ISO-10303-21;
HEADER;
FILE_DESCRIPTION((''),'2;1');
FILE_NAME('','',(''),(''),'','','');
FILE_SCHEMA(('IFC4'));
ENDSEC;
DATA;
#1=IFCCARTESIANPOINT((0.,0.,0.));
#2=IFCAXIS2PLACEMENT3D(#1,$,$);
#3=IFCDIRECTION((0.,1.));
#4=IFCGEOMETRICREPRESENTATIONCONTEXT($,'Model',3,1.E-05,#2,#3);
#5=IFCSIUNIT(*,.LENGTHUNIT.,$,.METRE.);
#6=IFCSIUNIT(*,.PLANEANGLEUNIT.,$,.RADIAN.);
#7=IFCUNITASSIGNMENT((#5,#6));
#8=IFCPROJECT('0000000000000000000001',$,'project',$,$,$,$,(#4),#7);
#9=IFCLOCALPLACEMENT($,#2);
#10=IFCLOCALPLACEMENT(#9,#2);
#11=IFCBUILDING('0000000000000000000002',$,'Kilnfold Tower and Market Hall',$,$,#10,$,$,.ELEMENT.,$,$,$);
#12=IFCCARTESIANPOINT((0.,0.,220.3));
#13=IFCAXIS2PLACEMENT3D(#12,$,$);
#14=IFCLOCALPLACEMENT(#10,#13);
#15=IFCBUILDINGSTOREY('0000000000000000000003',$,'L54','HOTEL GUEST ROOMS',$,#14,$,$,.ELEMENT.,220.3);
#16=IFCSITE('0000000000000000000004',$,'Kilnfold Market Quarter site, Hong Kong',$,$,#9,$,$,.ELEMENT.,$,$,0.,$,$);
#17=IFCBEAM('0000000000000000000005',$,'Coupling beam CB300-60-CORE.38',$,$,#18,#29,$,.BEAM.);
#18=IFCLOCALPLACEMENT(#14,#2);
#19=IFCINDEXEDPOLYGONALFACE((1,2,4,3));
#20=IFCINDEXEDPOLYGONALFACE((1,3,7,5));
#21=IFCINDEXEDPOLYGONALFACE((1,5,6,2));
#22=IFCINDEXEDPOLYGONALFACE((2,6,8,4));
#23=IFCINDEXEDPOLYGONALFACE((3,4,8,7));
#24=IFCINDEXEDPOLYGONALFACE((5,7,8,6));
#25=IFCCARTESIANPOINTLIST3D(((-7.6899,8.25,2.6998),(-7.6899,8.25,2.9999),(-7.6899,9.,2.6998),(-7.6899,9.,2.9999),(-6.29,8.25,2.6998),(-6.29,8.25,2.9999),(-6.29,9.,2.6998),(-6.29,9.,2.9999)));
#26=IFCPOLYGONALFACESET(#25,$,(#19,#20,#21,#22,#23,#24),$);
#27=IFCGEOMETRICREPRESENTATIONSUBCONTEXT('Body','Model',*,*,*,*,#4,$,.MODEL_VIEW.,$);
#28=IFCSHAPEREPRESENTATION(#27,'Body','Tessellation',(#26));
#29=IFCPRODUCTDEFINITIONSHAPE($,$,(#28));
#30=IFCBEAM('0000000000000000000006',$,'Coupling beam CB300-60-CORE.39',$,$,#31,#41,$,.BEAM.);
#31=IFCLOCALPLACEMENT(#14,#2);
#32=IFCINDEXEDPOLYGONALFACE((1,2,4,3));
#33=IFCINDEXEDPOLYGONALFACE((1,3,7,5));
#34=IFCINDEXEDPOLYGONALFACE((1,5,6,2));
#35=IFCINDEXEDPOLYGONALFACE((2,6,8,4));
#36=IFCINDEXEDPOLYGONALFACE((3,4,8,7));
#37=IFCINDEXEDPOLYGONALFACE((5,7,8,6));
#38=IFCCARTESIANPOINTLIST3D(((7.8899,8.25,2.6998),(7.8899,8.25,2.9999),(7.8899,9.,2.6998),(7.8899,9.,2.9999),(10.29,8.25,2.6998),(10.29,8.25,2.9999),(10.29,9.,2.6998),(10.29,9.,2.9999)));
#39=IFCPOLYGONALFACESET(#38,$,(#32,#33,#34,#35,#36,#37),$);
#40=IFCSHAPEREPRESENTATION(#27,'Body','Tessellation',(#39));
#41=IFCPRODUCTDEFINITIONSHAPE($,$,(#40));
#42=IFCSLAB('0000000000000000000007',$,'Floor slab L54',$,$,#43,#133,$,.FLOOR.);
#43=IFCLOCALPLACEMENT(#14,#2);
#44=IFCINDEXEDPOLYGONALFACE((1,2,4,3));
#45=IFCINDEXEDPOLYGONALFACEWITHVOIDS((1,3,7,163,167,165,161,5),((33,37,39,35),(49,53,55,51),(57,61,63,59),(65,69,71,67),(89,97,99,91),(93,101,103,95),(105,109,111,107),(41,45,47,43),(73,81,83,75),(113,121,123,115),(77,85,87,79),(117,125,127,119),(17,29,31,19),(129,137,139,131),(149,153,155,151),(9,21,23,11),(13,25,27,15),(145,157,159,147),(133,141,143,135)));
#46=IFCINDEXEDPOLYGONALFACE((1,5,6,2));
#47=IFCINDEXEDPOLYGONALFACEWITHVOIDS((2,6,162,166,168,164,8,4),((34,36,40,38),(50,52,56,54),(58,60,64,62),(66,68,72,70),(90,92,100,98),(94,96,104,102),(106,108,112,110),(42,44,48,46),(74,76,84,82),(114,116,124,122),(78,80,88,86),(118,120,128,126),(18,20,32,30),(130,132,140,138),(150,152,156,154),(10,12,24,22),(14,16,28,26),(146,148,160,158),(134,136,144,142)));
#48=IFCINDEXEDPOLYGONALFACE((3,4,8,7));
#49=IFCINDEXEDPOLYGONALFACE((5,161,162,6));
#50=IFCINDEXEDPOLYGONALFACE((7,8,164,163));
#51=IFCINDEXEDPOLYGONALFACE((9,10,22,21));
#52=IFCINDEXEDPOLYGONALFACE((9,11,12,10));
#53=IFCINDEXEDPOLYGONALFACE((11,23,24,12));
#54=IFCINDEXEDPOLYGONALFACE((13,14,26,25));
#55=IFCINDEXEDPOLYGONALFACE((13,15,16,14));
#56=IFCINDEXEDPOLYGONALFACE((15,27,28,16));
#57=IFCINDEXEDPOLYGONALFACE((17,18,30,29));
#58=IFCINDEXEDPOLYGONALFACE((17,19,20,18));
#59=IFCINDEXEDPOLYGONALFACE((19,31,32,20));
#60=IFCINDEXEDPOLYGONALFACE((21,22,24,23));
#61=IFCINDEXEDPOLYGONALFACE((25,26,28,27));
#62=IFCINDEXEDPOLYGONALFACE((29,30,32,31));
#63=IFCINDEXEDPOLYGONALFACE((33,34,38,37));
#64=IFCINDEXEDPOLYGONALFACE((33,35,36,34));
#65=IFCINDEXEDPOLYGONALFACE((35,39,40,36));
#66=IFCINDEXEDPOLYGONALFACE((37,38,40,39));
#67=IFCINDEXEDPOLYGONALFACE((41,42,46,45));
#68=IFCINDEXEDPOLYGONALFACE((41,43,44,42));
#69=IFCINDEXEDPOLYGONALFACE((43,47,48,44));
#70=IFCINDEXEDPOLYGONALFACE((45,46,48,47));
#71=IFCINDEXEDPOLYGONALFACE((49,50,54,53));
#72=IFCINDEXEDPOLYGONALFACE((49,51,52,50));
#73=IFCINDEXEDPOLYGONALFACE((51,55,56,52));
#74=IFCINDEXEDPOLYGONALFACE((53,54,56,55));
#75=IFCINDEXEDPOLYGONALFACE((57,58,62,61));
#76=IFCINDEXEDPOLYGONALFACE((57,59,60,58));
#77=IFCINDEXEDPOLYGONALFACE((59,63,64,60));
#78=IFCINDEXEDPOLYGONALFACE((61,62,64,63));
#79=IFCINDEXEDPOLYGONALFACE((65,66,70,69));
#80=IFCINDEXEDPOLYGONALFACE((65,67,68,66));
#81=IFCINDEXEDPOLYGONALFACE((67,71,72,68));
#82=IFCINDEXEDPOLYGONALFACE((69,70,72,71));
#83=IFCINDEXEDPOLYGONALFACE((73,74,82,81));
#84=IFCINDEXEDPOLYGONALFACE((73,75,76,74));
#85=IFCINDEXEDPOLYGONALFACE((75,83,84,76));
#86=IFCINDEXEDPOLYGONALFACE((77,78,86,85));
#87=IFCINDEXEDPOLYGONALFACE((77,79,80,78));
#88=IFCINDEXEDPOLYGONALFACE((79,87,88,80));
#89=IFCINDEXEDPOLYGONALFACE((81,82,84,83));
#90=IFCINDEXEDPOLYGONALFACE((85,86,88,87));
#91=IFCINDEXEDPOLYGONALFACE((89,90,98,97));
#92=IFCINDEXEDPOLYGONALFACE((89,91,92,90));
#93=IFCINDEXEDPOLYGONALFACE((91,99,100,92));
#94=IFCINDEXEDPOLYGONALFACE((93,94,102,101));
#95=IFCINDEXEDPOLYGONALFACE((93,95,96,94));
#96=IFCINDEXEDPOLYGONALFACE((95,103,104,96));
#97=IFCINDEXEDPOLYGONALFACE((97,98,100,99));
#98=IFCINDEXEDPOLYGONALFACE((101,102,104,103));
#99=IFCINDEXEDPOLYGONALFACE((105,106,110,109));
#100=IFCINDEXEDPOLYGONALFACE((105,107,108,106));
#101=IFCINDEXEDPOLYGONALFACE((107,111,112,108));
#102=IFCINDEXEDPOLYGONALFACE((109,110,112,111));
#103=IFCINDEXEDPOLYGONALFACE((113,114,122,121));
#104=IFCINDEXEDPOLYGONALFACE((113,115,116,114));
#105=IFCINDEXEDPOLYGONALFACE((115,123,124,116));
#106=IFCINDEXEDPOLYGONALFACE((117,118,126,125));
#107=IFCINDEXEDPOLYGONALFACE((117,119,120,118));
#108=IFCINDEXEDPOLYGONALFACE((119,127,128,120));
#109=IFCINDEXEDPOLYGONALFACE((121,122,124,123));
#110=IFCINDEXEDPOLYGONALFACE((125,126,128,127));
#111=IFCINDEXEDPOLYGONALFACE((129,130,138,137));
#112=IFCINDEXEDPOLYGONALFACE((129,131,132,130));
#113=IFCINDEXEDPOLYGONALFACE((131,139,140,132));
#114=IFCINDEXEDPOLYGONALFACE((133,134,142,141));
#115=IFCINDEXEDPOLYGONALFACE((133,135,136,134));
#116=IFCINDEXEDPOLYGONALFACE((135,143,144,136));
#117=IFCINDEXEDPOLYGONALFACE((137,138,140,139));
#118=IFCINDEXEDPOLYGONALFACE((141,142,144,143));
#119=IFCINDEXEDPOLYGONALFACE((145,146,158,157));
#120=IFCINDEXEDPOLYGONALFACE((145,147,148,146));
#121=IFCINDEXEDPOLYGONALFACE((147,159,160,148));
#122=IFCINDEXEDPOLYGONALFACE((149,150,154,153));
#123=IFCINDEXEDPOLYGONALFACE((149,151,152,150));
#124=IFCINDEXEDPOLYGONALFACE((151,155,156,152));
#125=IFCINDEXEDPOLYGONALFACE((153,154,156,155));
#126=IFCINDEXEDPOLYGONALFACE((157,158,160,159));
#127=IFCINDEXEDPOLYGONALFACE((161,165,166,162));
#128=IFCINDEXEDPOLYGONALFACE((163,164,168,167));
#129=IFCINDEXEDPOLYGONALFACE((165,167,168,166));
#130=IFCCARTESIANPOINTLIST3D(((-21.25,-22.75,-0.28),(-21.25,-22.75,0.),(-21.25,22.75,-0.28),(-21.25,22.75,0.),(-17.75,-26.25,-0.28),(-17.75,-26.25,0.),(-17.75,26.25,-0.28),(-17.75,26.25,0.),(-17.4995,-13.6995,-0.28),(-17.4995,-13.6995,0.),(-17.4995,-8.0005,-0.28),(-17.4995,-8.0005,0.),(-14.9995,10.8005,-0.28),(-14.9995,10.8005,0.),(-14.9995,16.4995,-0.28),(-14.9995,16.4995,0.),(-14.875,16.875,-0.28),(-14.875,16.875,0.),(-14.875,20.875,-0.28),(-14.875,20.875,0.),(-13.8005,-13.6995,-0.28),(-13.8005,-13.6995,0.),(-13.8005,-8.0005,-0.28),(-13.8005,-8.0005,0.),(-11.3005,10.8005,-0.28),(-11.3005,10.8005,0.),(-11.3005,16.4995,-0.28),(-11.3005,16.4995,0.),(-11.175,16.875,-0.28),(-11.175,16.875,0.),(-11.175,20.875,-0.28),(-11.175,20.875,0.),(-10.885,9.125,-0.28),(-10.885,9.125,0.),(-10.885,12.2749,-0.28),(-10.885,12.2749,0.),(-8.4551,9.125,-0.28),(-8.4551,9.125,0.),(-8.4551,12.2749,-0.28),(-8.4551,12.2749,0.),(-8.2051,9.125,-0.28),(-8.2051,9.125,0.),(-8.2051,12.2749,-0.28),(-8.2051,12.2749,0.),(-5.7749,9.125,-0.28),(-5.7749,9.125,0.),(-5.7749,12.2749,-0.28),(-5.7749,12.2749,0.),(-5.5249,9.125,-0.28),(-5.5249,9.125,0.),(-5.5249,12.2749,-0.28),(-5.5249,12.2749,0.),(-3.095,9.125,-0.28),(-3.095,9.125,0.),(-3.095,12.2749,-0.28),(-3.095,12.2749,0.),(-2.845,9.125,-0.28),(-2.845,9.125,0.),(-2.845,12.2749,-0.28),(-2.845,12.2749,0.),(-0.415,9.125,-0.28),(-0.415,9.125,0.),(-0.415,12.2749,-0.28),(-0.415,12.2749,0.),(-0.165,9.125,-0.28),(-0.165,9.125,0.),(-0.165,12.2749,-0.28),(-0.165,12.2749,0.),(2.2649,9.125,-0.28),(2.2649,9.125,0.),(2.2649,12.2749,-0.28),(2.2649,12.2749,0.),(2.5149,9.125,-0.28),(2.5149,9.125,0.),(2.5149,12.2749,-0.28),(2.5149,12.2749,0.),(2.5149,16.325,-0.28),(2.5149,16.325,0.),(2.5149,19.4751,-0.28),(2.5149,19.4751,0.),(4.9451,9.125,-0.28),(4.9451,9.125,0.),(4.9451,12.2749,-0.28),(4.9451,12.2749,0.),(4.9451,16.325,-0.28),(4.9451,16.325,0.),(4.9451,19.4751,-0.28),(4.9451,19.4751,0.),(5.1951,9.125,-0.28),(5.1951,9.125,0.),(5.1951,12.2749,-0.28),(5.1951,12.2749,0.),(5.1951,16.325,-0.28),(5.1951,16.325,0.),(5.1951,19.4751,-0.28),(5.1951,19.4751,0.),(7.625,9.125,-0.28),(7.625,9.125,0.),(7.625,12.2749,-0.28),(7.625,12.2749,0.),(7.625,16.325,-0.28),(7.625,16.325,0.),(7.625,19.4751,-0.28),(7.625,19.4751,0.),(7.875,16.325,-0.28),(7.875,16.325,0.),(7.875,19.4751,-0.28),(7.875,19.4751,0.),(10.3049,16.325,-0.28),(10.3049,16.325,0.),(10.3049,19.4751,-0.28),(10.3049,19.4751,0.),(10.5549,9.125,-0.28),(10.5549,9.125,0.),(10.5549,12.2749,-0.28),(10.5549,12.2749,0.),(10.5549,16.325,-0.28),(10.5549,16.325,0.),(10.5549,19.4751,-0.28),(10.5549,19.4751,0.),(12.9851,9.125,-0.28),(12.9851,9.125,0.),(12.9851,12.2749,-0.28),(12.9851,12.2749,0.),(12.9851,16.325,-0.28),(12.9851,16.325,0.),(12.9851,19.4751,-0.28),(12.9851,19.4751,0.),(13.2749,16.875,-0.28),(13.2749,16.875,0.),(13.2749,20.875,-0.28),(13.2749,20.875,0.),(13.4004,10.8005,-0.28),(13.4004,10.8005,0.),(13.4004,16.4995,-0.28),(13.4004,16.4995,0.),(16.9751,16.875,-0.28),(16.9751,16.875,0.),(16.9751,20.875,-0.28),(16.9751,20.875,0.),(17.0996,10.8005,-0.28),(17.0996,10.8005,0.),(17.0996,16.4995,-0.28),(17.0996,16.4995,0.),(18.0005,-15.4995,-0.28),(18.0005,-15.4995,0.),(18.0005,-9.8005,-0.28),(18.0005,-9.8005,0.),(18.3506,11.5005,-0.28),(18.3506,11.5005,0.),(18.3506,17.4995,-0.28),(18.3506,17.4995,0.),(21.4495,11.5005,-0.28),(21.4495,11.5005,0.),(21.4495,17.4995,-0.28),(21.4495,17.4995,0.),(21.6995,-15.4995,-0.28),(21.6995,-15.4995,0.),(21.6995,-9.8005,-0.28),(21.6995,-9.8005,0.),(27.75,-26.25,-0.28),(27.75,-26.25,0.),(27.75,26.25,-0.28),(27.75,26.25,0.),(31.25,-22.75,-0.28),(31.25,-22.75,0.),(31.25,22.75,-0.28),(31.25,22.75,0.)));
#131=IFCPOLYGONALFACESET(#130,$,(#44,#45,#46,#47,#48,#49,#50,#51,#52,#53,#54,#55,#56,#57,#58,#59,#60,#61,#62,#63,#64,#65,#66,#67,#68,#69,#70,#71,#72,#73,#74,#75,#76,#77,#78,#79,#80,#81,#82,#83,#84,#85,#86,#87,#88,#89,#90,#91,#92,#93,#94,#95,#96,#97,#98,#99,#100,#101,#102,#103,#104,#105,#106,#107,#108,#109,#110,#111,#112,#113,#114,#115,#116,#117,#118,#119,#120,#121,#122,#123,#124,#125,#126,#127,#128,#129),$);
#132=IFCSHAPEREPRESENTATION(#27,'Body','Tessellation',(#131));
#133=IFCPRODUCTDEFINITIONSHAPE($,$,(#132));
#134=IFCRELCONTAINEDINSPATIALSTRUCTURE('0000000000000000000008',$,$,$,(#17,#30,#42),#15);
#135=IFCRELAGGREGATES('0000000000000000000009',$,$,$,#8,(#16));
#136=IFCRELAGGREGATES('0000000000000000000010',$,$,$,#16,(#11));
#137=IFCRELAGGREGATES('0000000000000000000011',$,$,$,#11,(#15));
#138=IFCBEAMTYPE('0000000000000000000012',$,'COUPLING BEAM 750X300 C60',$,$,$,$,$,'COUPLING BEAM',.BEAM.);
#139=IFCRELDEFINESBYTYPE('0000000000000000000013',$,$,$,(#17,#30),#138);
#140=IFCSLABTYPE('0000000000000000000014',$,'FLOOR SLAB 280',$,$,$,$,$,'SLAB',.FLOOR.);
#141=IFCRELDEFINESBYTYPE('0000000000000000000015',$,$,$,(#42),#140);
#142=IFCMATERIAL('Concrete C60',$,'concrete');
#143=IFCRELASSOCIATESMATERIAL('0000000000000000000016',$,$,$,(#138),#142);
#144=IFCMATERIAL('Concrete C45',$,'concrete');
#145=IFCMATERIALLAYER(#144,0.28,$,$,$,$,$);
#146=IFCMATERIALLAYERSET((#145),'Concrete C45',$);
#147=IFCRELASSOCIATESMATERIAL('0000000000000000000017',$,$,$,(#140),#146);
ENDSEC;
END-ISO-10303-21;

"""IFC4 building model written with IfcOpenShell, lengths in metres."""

from ifc_helpers import new_model, si_unit, direction, frame, origin, origin_2d, place, context, subcontext, project, spatial, polyline, rectangle, outline, extrude, source, transform, mapped, material, layer, layer_set, material_profile, profile_set, type_object, element, save


model = new_model("IFC4")

# Units and contexts
model_context = context("Model", 3, precision=1e-05, world=origin(), true_north=direction((0.0, 1.0)))
body_context = subcontext(model_context, "Body", "Model", "MODEL_VIEW")
ifc_project = project(units=[si_unit("LENGTHUNIT", "METRE"), si_unit("PLANEANGLEUNIT", "RADIAN")], contexts=[model_context])

# Site, building, storey
site_placement = place(None, origin())
site = spatial("IfcSite", under=ifc_project, at=site_placement, Name="Kilnfold Market Quarter site, Hong Kong", CompositionType="ELEMENT", RefElevation=0.0)
building_placement = place(site_placement, origin())
building = spatial("IfcBuilding", under=site, at=building_placement, Name="Kilnfold Tower and Market Hall", CompositionType="ELEMENT")
storey_placement = place(building_placement, frame((0.0, 0.0, 220.3)))
storey = spatial("IfcBuildingStorey", under=building, at=storey_placement, Name="L54", Description="HOTEL GUEST ROOMS", CompositionType="ELEMENT", Elevation=220.3)

# Beams
ifc_material_1 = material(Name="Concrete C60", Category="concrete")
ifc_material_profile = material_profile(ifc_material_1, rectangle(XDim=0.75, YDim=0.3, at=origin_2d()), Name="RC 750x300")
ifc_profile_set = profile_set([ifc_material_profile], Name="Concrete C60")
beam_type = type_object("IfcBeamType", Name="COUPLING BEAM 750X300 C60", ElementType="COUPLING BEAM", PredefinedType="BEAM", material=ifc_profile_set)
shared_shape_1 = source(origin(), body_context, "Body", "SweptSolid", [
    extrude(rectangle(XDim=0.75, YDim=0.3, at=origin_2d()), origin(), (0.0, 0.0, 1.0), 1.3999),
])
beam_1_placement = place(storey_placement, frame((-7.6899, 8.625, 2.8499), z_axis=(1.0, 0.0, 0.0), x_axis=(0.0, 1.0, 0.0)))
element("IfcBeam", 1, at=beam_1_placement, inside=storey, type_object=beam_type, Name="Coupling beam CB300-60-CORE.38", PredefinedType="BEAM", context=body_context, shape_type="MappedRepresentation", body=[
    mapped(shared_shape_1, transform((0.0, 0.0, 0.0))),
])
shared_shape_2 = source(origin(), body_context, "Body", "SweptSolid", [
    extrude(rectangle(XDim=0.75, YDim=0.3, at=origin_2d()), origin(), (0.0, 0.0, 1.0), 2.4001),
])
beam_2_placement = place(storey_placement, frame((7.8899, 8.625, 2.8499), z_axis=(1.0, 0.0, 0.0), x_axis=(0.0, 1.0, 0.0)))
element("IfcBeam", 2, at=beam_2_placement, inside=storey, type_object=beam_type, Name="Coupling beam CB300-60-CORE.39", PredefinedType="BEAM", context=body_context, shape_type="MappedRepresentation", body=[
    mapped(shared_shape_2, transform((0.0, 0.0, 0.0))),
])

# Slab
ifc_material_2 = material(Name="Concrete C45", Category="concrete")
ifc_layer_1 = layer(ifc_material_2, 0.28)
ifc_layer_set_1 = layer_set([ifc_layer_1], Name="Concrete C45")
slab_type_1 = type_object("IfcSlabType", Name="FLOOR SLAB 280", ElementType="SLAB", PredefinedType="FLOOR", material=ifc_layer_set_1)
shared_shape_3 = source(origin(), body_context, "Body", "SweptSolid", [
    extrude(outline(polyline([(-17.75, -26.25), (27.75, -26.25), (31.25, -22.75), (31.25, 22.75), (27.75, 26.25), (-17.75, 26.25), (-21.25, 22.75), (-21.25, -22.75), (-17.75, -26.25)]), holes=[polyline([(-13.8005, -13.6995), (-17.4995, -13.6995), (-17.4995, -8.0005), (-13.8005, -8.0005), (-13.8005, -13.6995)]), polyline([(-14.9995, 10.8005), (-14.9995, 16.4995), (-11.3005, 16.4995), (-11.3005, 10.8005), (-14.9995, 10.8005)]), polyline([(-11.175, 16.875), (-14.875, 16.875), (-14.875, 20.875), (-11.175, 20.875), (-11.175, 16.875)]), polyline([(-8.4551, 9.125), (-10.885, 9.125), (-10.885, 12.2749), (-8.4551, 12.2749), (-8.4551, 9.125)]), polyline([(-5.7749, 9.125), (-8.2051, 9.125), (-8.2051, 12.2749), (-5.7749, 12.2749), (-5.7749, 9.125)]), polyline([(-3.095, 9.125), (-5.5249, 9.125), (-5.5249, 12.2749), (-3.095, 12.2749), (-3.095, 9.125)]), polyline([(-0.415, 9.125), (-2.845, 9.125), (-2.845, 12.2749), (-0.415, 12.2749), (-0.415, 9.125)]), polyline([(2.2649, 9.125), (-0.165, 9.125), (-0.165, 12.2749), (2.2649, 12.2749), (2.2649, 9.125)]), polyline([(4.9451, 9.125), (2.5149, 9.125), (2.5149, 12.2749), (4.9451, 12.2749), (4.9451, 9.125)]), polyline([(2.5149, 16.325), (2.5149, 19.4751), (4.9451, 19.4751), (4.9451, 16.325), (2.5149, 16.325)]), polyline([(7.625, 9.125), (5.1951, 9.125), (5.1951, 12.2749), (7.625, 12.2749), (7.625, 9.125)]), polyline([(7.625, 16.325), (5.1951, 16.325), (5.1951, 19.4751), (7.625, 19.4751), (7.625, 16.325)]), polyline([(10.3049, 16.325), (7.875, 16.325), (7.875, 19.4751), (10.3049, 19.4751), (10.3049, 16.325)]), polyline([(10.5549, 9.125), (10.5549, 12.2749), (12.9851, 12.2749), (12.9851, 9.125), (10.5549, 9.125)]), polyline([(10.5549, 16.325), (10.5549, 19.4751), (12.9851, 19.4751), (12.9851, 16.325), (10.5549, 16.325)]), polyline([(13.2749, 16.875), (13.2749, 20.875), (16.9751, 20.875), (16.9751, 16.875), (13.2749, 16.875)]), polyline([(13.4004, 10.8005), (13.4004, 16.4995), (17.0996, 16.4995), (17.0996, 10.8005), (13.4004, 10.8005)]), polyline([(18.0005, -9.8005), (21.6995, -9.8005), (21.6995, -15.4995), (18.0005, -15.4995), (18.0005, -9.8005)]), polyline([(21.4495, 11.5005), (18.3506, 11.5005), (18.3506, 17.4995), (21.4495, 17.4995), (21.4495, 11.5005)])]), origin(), (0.0, 0.0, 1.0), 0.28),
])
slab_1_placement = place(storey_placement, frame((0.0, 0.0, -0.28)))
element("IfcSlab", 3, at=slab_1_placement, inside=storey, type_object=slab_type_1, Name="Floor slab L54", PredefinedType="FLOOR", context=body_context, shape_type="MappedRepresentation", body=[
    mapped(shared_shape_3, transform((0.0, 0.0, 0.0))),
])

save(model, "model.ifc")
